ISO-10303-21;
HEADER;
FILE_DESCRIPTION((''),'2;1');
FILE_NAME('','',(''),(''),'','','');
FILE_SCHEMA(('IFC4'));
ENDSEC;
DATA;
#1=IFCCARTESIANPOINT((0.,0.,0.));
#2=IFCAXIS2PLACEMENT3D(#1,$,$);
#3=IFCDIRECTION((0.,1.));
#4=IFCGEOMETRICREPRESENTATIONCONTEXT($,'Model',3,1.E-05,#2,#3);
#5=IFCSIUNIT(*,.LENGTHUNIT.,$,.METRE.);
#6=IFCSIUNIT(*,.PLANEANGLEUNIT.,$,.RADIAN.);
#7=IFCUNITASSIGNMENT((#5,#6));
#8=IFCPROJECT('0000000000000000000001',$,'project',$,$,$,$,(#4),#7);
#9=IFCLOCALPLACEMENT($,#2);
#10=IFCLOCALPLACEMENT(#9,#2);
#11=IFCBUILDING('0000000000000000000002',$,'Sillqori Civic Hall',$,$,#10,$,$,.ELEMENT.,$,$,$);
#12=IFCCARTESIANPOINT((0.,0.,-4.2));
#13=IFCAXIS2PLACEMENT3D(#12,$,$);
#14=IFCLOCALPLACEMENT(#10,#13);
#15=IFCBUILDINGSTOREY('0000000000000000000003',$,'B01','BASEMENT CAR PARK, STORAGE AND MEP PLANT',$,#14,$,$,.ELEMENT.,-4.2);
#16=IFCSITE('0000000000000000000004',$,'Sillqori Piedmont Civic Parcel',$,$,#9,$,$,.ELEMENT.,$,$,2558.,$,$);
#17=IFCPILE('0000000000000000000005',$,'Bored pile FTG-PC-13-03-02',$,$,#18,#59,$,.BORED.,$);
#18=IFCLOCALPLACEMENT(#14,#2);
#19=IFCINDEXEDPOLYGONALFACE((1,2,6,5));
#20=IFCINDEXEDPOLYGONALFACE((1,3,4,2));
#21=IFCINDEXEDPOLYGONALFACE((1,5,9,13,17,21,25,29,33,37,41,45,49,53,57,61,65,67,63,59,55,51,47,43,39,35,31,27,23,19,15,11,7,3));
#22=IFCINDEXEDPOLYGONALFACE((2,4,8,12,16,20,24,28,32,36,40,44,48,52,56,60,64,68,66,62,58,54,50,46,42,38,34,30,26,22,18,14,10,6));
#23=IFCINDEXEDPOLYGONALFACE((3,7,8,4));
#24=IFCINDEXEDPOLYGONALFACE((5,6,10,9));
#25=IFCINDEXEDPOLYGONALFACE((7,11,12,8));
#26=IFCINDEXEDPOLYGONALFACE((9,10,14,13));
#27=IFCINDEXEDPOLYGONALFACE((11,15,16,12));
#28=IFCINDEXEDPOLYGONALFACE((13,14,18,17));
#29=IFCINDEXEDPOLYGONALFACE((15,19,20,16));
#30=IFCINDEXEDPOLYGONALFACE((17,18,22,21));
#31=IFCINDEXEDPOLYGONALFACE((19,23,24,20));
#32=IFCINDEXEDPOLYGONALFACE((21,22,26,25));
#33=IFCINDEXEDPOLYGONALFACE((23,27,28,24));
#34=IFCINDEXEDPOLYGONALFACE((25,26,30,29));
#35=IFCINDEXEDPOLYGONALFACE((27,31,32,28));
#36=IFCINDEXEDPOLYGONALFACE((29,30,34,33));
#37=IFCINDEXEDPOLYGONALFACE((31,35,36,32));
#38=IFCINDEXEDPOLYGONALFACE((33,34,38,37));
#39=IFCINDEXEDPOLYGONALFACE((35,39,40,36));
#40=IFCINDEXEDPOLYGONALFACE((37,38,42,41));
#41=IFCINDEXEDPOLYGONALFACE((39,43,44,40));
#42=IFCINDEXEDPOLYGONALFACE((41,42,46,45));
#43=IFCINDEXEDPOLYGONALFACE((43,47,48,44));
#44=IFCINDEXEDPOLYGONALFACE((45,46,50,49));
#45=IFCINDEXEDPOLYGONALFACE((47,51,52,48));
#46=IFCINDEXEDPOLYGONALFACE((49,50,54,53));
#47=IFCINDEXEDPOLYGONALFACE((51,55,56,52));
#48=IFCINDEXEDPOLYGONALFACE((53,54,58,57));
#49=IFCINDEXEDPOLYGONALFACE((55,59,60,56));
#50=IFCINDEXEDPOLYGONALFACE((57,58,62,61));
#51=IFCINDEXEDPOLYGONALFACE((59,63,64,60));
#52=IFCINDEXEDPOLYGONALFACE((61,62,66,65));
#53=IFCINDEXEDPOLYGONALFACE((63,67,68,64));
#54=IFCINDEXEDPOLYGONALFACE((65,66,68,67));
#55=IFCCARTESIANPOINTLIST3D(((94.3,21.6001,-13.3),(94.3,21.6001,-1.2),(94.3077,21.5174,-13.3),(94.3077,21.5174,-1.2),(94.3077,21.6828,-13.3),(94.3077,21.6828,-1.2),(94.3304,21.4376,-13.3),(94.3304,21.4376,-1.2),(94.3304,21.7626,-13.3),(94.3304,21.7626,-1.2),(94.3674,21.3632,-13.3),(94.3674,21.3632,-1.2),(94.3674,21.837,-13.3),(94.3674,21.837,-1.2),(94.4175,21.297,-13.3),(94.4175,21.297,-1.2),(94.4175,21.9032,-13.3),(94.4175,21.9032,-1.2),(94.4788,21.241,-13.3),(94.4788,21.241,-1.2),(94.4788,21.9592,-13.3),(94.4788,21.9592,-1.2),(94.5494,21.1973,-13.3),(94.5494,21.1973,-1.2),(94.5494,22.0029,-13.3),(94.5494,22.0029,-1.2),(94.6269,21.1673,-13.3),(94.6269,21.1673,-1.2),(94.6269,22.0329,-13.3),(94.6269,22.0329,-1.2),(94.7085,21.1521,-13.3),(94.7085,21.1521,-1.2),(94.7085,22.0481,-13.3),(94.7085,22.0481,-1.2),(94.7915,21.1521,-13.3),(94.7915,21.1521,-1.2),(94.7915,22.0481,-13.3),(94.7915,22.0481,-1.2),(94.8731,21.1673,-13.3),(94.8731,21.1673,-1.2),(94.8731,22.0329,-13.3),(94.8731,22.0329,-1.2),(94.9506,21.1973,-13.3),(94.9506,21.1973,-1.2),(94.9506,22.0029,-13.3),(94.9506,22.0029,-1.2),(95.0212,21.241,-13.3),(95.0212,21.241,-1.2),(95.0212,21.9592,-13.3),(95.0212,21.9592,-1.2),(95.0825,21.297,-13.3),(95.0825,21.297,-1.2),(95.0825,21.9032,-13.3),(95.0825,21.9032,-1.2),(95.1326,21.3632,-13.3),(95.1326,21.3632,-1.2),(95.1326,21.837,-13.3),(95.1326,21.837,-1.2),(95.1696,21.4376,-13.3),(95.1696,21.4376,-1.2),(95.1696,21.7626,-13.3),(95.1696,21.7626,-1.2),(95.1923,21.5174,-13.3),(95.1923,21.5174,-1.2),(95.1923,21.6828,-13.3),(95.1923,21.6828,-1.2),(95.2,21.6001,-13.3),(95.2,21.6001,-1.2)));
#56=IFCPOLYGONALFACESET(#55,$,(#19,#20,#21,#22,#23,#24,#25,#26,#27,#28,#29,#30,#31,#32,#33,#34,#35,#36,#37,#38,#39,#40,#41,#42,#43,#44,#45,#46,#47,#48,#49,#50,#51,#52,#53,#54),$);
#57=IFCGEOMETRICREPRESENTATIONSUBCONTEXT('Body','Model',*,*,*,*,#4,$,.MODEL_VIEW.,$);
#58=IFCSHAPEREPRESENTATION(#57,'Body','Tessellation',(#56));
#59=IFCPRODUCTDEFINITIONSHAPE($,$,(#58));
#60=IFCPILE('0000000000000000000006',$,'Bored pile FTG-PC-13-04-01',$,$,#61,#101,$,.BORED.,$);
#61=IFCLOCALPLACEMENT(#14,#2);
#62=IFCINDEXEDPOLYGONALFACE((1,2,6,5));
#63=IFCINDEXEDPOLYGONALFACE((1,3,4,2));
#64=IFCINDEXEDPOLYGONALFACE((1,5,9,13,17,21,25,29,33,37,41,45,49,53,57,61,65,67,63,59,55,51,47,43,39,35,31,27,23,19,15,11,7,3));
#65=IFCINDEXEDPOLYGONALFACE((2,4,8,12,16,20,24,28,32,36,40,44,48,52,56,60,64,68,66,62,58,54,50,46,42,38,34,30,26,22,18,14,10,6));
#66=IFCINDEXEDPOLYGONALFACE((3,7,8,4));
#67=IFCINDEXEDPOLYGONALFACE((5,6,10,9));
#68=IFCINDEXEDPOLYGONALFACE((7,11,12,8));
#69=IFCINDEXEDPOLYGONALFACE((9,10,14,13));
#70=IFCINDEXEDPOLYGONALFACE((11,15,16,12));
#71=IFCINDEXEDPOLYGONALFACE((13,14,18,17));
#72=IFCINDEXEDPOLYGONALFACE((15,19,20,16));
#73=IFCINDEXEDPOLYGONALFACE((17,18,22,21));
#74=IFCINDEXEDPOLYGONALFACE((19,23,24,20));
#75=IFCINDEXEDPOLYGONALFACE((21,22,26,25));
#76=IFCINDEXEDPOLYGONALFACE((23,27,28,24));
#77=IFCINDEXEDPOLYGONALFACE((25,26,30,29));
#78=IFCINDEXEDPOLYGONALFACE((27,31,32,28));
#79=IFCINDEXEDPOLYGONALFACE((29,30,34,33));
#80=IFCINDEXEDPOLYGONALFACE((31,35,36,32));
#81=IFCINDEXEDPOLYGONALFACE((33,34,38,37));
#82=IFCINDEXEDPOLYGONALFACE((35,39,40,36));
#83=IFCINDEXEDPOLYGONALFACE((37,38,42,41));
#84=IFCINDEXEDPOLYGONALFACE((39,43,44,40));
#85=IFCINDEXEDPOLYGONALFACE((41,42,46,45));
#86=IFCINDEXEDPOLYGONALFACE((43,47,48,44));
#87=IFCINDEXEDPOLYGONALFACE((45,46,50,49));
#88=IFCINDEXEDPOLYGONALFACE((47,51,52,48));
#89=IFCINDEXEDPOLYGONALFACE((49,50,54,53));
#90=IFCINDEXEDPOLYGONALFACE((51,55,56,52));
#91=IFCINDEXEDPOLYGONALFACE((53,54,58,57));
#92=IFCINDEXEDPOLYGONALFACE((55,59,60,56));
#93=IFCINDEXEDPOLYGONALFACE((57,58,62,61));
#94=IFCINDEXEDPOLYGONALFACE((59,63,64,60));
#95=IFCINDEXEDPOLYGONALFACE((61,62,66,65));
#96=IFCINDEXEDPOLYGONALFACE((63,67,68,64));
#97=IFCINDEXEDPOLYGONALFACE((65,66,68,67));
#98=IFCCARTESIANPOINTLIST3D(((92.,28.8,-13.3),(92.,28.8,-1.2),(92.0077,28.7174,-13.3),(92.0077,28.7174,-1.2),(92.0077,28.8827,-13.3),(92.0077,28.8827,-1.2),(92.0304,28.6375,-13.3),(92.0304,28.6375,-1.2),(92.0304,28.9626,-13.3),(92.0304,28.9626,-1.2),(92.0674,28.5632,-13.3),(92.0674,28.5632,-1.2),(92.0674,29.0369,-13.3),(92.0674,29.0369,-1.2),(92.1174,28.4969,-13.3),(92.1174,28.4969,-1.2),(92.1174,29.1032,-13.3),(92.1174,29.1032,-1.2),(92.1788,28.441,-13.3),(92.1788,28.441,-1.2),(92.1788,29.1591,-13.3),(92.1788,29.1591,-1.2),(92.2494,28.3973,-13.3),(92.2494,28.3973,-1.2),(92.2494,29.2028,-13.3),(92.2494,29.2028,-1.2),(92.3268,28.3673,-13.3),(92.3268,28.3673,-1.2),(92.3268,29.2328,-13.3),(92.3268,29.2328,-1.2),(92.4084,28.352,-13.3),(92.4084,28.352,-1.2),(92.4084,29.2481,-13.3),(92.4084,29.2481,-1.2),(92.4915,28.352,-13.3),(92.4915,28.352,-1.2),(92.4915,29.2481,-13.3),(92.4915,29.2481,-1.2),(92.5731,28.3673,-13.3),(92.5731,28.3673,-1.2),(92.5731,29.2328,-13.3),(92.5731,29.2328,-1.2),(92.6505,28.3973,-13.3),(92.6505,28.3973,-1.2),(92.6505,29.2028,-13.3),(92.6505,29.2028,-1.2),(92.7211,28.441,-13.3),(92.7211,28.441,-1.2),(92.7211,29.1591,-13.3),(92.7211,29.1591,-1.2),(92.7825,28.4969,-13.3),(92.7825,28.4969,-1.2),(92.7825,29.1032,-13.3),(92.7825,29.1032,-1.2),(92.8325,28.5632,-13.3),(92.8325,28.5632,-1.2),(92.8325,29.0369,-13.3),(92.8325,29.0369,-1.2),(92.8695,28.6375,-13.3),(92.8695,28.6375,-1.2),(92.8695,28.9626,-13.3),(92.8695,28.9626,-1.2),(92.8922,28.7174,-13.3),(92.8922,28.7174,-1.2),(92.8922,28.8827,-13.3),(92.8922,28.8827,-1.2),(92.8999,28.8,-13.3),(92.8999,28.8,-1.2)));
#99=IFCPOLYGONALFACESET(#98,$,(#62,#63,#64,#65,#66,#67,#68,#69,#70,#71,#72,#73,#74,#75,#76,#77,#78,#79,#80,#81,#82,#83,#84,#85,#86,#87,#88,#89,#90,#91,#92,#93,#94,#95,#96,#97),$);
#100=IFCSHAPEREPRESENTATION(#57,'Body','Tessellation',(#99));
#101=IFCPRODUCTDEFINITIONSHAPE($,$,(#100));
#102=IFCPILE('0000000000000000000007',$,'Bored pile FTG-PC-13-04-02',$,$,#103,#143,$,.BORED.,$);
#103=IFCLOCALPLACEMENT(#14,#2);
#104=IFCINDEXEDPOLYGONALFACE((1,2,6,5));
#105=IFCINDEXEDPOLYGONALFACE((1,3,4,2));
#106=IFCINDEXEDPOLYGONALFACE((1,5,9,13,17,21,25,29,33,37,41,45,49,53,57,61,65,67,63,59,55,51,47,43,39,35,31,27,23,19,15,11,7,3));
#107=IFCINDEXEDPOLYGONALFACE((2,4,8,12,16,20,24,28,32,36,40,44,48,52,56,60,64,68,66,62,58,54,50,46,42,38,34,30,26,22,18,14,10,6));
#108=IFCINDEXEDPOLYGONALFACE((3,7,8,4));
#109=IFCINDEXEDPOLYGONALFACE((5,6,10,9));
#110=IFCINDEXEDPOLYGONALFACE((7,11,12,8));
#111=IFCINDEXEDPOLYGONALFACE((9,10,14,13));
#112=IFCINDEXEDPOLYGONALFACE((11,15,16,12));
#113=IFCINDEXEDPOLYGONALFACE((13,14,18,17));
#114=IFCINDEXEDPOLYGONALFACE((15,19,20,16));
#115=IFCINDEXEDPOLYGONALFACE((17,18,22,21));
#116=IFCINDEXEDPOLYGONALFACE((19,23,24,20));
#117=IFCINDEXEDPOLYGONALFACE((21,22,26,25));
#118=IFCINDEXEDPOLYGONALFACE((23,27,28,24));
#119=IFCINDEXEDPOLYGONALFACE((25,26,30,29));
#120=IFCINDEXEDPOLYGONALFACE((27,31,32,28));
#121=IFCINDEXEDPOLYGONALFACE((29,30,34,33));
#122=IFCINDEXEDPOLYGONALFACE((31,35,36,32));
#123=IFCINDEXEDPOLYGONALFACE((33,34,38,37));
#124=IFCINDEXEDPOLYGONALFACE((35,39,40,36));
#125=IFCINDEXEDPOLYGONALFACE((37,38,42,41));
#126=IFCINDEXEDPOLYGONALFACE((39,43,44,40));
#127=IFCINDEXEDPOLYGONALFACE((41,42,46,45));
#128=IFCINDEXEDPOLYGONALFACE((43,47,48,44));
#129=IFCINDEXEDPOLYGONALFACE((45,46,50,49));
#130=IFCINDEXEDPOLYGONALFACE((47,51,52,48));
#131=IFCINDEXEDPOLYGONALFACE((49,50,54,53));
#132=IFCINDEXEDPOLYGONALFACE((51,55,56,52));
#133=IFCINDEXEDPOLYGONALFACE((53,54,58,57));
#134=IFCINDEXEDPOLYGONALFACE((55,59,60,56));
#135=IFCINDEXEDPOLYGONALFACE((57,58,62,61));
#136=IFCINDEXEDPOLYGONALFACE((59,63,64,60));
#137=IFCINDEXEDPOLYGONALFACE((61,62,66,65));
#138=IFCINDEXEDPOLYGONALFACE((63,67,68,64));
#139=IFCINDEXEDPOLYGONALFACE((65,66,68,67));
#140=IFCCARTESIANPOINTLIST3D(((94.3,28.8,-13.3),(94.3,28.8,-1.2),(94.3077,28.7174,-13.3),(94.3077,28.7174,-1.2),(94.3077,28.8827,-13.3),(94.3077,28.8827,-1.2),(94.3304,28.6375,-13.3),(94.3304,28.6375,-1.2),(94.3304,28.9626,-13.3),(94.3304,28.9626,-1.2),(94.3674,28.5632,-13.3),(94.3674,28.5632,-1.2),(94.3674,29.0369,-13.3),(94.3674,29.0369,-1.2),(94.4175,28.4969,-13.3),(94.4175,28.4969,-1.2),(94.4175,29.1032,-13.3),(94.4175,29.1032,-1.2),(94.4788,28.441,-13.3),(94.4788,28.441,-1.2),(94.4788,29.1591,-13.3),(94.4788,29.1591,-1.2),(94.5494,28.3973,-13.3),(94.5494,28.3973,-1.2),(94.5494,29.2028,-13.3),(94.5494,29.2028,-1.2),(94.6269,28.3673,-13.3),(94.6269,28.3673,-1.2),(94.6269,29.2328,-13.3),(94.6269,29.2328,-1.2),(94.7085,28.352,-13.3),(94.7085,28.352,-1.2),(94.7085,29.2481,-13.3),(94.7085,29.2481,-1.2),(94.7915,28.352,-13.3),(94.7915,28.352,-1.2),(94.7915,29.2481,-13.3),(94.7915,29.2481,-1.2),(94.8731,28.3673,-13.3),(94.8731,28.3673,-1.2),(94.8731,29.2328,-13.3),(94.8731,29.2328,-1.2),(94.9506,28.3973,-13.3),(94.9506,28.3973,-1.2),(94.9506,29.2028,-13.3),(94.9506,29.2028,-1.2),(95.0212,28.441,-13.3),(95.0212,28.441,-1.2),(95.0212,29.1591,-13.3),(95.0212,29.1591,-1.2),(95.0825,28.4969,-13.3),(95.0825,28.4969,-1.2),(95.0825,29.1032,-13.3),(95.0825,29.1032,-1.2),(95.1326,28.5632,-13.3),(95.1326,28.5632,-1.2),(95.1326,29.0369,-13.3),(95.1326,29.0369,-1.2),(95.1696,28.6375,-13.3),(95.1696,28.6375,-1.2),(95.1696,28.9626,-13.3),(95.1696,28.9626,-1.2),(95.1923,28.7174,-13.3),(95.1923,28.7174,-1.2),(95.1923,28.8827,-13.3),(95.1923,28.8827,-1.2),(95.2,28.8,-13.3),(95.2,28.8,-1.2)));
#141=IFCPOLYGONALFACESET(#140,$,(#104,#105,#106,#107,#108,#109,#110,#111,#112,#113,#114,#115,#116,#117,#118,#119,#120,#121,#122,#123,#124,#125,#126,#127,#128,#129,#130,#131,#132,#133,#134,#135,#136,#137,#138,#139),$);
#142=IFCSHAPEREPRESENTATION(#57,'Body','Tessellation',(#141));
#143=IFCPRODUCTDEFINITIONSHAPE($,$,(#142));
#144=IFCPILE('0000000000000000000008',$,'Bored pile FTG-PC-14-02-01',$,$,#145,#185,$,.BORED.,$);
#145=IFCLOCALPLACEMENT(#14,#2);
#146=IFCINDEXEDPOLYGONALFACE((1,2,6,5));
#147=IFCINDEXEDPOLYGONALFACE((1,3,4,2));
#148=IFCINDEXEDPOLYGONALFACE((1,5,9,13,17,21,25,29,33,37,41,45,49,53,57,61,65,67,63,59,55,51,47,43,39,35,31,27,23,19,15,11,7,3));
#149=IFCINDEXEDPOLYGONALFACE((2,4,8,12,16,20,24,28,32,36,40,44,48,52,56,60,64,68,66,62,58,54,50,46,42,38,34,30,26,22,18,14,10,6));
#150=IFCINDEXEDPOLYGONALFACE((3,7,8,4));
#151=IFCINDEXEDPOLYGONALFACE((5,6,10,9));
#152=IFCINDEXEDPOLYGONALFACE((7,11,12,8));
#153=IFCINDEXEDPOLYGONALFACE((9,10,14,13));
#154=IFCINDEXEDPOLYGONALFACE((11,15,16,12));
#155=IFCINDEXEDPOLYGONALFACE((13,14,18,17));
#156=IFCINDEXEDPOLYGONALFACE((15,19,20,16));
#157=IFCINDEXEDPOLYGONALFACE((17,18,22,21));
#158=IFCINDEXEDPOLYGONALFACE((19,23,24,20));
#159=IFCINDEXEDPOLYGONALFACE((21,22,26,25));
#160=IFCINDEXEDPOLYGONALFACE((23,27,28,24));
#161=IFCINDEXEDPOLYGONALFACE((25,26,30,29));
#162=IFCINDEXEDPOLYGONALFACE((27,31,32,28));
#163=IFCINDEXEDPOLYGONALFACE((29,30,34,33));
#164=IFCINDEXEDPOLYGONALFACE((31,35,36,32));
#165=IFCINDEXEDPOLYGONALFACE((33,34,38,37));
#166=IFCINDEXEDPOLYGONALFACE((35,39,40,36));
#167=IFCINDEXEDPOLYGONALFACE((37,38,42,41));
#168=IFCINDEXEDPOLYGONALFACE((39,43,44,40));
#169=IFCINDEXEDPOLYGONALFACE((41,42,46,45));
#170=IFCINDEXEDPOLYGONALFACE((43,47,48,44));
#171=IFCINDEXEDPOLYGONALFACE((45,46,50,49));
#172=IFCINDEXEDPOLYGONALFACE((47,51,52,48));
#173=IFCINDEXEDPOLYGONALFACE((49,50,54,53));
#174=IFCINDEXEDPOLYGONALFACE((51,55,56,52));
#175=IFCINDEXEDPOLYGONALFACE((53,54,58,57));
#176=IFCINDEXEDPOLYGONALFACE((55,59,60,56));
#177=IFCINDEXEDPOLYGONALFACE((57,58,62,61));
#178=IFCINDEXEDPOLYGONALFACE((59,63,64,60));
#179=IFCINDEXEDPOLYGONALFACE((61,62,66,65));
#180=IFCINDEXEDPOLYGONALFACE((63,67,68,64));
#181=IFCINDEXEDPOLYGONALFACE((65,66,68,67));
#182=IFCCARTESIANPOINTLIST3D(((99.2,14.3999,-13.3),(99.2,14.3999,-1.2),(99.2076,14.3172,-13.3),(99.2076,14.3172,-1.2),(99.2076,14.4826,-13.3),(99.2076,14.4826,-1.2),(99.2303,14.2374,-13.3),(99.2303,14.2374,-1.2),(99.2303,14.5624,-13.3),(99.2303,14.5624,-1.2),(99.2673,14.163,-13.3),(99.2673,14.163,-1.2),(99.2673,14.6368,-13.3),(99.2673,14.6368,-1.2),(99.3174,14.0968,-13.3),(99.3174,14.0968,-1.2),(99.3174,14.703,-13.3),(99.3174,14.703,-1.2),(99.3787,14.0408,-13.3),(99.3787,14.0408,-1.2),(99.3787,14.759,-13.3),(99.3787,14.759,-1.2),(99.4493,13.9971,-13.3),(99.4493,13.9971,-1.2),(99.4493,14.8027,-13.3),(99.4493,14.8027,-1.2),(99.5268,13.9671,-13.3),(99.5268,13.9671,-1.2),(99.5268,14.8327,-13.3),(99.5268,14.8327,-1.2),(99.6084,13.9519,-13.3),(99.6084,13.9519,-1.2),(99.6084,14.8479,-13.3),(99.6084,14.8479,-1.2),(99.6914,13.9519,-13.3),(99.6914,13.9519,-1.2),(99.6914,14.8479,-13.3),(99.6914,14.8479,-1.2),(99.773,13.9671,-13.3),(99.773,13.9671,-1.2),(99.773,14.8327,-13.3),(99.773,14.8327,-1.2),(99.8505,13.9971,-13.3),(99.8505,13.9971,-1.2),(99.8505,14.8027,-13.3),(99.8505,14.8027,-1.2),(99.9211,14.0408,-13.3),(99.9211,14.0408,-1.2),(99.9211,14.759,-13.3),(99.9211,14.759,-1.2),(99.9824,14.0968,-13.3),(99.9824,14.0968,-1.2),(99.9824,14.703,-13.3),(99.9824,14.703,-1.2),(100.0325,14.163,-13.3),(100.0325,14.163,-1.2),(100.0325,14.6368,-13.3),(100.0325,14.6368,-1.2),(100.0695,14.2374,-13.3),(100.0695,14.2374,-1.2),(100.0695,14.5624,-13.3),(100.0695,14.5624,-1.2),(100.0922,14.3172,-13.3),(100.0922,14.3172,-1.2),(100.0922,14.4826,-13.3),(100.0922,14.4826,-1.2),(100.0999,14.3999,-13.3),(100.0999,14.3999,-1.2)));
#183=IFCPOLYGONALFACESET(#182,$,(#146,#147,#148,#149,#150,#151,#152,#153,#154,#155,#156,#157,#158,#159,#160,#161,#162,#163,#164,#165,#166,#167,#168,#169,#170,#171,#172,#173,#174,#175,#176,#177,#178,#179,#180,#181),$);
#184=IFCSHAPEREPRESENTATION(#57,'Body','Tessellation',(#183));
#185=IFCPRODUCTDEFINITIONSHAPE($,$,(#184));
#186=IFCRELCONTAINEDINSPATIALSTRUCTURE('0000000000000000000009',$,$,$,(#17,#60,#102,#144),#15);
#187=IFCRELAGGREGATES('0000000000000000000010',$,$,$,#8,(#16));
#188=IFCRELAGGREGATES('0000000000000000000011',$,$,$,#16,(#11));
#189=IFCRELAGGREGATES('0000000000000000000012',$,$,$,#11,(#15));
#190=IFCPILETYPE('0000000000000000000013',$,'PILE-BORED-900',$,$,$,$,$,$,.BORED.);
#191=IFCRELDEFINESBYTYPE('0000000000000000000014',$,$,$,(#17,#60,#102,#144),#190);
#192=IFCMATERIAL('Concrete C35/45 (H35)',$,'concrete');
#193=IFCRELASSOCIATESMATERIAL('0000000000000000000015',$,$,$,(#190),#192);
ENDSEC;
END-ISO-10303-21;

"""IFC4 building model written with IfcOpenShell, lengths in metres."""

from ifc_helpers import new_model, si_unit, direction, frame, origin, origin_2d, place, context, subcontext, project, spatial, circle, extrude, material, material_profile, profile_set, type_object, element, save


model = new_model("IFC4")

# Units and contexts
model_context = context("Model", 3, precision=1e-05, world=origin(), true_north=direction((0.0, 1.0)))
body_context = subcontext(model_context, "Body", "Model", "MODEL_VIEW")
ifc_project = project(units=[si_unit("LENGTHUNIT", "METRE"), si_unit("PLANEANGLEUNIT", "RADIAN")], contexts=[model_context])

# Site, building, storey
site_placement = place(None, origin())
site = spatial("IfcSite", under=ifc_project, at=site_placement, Name="Sillqori Piedmont Civic Parcel", CompositionType="ELEMENT", RefElevation=2558.0)
building_placement = place(site_placement, origin())
building = spatial("IfcBuilding", under=site, at=building_placement, Name="Sillqori Civic Hall", CompositionType="ELEMENT")
storey_placement = place(building_placement, frame((0.0, 0.0, -4.2)))
storey = spatial("IfcBuildingStorey", under=building, at=storey_placement, Name="B01", Description="BASEMENT CAR PARK, STORAGE AND MEP PLANT", CompositionType="ELEMENT", Elevation=-4.2)

# Shared definitions
ifc_material = material(Name="Concrete C35/45 (H35)", Category="concrete")

# Piles
ifc_material_profile_1 = material_profile(ifc_material, circle(Radius=0.45, at=origin_2d()), Name="BORED PILE 900")
ifc_profile_set_1 = profile_set([ifc_material_profile_1], Name="Concrete C35/45 (H35)")
pile_type = type_object("IfcPileType", Name="PILE-BORED-900", PredefinedType="BORED", material=ifc_profile_set_1)
for number, where, z_axis, x_axis, name in (
    (1, (94.75, 21.6001, -1.2), (0.0, 0.0, -1.0), (1.0, 0.0, 0.0), "Bored pile FTG-PC-13-03-02"),
    (2, (92.45, 28.8, -1.2), (0.0, 0.0, -1.0), (1.0, 0.0, 0.0), "Bored pile FTG-PC-13-04-01"),
    (3, (94.75, 28.8, -1.2), (0.0, 0.0, -1.0), (1.0, 0.0, 0.0), "Bored pile FTG-PC-13-04-02"),
    (4, (99.6499, 14.3999, -1.2), (0.0, 0.0, -1.0), (1.0, 0.0, 0.0), "Bored pile FTG-PC-14-02-01"),
):
    element("IfcPile", number, at=place(storey_placement, frame(where, z_axis=z_axis, x_axis=x_axis)), inside=storey, type_object=pile_type, Name=name, PredefinedType="BORED", context=body_context, shape_type="SweptSolid", body=[
        extrude(circle(Radius=0.45, at=origin_2d()), origin(), (0.0, 0.0, 1.0), 12.1001),
    ])

save(model, "model.ifc")
